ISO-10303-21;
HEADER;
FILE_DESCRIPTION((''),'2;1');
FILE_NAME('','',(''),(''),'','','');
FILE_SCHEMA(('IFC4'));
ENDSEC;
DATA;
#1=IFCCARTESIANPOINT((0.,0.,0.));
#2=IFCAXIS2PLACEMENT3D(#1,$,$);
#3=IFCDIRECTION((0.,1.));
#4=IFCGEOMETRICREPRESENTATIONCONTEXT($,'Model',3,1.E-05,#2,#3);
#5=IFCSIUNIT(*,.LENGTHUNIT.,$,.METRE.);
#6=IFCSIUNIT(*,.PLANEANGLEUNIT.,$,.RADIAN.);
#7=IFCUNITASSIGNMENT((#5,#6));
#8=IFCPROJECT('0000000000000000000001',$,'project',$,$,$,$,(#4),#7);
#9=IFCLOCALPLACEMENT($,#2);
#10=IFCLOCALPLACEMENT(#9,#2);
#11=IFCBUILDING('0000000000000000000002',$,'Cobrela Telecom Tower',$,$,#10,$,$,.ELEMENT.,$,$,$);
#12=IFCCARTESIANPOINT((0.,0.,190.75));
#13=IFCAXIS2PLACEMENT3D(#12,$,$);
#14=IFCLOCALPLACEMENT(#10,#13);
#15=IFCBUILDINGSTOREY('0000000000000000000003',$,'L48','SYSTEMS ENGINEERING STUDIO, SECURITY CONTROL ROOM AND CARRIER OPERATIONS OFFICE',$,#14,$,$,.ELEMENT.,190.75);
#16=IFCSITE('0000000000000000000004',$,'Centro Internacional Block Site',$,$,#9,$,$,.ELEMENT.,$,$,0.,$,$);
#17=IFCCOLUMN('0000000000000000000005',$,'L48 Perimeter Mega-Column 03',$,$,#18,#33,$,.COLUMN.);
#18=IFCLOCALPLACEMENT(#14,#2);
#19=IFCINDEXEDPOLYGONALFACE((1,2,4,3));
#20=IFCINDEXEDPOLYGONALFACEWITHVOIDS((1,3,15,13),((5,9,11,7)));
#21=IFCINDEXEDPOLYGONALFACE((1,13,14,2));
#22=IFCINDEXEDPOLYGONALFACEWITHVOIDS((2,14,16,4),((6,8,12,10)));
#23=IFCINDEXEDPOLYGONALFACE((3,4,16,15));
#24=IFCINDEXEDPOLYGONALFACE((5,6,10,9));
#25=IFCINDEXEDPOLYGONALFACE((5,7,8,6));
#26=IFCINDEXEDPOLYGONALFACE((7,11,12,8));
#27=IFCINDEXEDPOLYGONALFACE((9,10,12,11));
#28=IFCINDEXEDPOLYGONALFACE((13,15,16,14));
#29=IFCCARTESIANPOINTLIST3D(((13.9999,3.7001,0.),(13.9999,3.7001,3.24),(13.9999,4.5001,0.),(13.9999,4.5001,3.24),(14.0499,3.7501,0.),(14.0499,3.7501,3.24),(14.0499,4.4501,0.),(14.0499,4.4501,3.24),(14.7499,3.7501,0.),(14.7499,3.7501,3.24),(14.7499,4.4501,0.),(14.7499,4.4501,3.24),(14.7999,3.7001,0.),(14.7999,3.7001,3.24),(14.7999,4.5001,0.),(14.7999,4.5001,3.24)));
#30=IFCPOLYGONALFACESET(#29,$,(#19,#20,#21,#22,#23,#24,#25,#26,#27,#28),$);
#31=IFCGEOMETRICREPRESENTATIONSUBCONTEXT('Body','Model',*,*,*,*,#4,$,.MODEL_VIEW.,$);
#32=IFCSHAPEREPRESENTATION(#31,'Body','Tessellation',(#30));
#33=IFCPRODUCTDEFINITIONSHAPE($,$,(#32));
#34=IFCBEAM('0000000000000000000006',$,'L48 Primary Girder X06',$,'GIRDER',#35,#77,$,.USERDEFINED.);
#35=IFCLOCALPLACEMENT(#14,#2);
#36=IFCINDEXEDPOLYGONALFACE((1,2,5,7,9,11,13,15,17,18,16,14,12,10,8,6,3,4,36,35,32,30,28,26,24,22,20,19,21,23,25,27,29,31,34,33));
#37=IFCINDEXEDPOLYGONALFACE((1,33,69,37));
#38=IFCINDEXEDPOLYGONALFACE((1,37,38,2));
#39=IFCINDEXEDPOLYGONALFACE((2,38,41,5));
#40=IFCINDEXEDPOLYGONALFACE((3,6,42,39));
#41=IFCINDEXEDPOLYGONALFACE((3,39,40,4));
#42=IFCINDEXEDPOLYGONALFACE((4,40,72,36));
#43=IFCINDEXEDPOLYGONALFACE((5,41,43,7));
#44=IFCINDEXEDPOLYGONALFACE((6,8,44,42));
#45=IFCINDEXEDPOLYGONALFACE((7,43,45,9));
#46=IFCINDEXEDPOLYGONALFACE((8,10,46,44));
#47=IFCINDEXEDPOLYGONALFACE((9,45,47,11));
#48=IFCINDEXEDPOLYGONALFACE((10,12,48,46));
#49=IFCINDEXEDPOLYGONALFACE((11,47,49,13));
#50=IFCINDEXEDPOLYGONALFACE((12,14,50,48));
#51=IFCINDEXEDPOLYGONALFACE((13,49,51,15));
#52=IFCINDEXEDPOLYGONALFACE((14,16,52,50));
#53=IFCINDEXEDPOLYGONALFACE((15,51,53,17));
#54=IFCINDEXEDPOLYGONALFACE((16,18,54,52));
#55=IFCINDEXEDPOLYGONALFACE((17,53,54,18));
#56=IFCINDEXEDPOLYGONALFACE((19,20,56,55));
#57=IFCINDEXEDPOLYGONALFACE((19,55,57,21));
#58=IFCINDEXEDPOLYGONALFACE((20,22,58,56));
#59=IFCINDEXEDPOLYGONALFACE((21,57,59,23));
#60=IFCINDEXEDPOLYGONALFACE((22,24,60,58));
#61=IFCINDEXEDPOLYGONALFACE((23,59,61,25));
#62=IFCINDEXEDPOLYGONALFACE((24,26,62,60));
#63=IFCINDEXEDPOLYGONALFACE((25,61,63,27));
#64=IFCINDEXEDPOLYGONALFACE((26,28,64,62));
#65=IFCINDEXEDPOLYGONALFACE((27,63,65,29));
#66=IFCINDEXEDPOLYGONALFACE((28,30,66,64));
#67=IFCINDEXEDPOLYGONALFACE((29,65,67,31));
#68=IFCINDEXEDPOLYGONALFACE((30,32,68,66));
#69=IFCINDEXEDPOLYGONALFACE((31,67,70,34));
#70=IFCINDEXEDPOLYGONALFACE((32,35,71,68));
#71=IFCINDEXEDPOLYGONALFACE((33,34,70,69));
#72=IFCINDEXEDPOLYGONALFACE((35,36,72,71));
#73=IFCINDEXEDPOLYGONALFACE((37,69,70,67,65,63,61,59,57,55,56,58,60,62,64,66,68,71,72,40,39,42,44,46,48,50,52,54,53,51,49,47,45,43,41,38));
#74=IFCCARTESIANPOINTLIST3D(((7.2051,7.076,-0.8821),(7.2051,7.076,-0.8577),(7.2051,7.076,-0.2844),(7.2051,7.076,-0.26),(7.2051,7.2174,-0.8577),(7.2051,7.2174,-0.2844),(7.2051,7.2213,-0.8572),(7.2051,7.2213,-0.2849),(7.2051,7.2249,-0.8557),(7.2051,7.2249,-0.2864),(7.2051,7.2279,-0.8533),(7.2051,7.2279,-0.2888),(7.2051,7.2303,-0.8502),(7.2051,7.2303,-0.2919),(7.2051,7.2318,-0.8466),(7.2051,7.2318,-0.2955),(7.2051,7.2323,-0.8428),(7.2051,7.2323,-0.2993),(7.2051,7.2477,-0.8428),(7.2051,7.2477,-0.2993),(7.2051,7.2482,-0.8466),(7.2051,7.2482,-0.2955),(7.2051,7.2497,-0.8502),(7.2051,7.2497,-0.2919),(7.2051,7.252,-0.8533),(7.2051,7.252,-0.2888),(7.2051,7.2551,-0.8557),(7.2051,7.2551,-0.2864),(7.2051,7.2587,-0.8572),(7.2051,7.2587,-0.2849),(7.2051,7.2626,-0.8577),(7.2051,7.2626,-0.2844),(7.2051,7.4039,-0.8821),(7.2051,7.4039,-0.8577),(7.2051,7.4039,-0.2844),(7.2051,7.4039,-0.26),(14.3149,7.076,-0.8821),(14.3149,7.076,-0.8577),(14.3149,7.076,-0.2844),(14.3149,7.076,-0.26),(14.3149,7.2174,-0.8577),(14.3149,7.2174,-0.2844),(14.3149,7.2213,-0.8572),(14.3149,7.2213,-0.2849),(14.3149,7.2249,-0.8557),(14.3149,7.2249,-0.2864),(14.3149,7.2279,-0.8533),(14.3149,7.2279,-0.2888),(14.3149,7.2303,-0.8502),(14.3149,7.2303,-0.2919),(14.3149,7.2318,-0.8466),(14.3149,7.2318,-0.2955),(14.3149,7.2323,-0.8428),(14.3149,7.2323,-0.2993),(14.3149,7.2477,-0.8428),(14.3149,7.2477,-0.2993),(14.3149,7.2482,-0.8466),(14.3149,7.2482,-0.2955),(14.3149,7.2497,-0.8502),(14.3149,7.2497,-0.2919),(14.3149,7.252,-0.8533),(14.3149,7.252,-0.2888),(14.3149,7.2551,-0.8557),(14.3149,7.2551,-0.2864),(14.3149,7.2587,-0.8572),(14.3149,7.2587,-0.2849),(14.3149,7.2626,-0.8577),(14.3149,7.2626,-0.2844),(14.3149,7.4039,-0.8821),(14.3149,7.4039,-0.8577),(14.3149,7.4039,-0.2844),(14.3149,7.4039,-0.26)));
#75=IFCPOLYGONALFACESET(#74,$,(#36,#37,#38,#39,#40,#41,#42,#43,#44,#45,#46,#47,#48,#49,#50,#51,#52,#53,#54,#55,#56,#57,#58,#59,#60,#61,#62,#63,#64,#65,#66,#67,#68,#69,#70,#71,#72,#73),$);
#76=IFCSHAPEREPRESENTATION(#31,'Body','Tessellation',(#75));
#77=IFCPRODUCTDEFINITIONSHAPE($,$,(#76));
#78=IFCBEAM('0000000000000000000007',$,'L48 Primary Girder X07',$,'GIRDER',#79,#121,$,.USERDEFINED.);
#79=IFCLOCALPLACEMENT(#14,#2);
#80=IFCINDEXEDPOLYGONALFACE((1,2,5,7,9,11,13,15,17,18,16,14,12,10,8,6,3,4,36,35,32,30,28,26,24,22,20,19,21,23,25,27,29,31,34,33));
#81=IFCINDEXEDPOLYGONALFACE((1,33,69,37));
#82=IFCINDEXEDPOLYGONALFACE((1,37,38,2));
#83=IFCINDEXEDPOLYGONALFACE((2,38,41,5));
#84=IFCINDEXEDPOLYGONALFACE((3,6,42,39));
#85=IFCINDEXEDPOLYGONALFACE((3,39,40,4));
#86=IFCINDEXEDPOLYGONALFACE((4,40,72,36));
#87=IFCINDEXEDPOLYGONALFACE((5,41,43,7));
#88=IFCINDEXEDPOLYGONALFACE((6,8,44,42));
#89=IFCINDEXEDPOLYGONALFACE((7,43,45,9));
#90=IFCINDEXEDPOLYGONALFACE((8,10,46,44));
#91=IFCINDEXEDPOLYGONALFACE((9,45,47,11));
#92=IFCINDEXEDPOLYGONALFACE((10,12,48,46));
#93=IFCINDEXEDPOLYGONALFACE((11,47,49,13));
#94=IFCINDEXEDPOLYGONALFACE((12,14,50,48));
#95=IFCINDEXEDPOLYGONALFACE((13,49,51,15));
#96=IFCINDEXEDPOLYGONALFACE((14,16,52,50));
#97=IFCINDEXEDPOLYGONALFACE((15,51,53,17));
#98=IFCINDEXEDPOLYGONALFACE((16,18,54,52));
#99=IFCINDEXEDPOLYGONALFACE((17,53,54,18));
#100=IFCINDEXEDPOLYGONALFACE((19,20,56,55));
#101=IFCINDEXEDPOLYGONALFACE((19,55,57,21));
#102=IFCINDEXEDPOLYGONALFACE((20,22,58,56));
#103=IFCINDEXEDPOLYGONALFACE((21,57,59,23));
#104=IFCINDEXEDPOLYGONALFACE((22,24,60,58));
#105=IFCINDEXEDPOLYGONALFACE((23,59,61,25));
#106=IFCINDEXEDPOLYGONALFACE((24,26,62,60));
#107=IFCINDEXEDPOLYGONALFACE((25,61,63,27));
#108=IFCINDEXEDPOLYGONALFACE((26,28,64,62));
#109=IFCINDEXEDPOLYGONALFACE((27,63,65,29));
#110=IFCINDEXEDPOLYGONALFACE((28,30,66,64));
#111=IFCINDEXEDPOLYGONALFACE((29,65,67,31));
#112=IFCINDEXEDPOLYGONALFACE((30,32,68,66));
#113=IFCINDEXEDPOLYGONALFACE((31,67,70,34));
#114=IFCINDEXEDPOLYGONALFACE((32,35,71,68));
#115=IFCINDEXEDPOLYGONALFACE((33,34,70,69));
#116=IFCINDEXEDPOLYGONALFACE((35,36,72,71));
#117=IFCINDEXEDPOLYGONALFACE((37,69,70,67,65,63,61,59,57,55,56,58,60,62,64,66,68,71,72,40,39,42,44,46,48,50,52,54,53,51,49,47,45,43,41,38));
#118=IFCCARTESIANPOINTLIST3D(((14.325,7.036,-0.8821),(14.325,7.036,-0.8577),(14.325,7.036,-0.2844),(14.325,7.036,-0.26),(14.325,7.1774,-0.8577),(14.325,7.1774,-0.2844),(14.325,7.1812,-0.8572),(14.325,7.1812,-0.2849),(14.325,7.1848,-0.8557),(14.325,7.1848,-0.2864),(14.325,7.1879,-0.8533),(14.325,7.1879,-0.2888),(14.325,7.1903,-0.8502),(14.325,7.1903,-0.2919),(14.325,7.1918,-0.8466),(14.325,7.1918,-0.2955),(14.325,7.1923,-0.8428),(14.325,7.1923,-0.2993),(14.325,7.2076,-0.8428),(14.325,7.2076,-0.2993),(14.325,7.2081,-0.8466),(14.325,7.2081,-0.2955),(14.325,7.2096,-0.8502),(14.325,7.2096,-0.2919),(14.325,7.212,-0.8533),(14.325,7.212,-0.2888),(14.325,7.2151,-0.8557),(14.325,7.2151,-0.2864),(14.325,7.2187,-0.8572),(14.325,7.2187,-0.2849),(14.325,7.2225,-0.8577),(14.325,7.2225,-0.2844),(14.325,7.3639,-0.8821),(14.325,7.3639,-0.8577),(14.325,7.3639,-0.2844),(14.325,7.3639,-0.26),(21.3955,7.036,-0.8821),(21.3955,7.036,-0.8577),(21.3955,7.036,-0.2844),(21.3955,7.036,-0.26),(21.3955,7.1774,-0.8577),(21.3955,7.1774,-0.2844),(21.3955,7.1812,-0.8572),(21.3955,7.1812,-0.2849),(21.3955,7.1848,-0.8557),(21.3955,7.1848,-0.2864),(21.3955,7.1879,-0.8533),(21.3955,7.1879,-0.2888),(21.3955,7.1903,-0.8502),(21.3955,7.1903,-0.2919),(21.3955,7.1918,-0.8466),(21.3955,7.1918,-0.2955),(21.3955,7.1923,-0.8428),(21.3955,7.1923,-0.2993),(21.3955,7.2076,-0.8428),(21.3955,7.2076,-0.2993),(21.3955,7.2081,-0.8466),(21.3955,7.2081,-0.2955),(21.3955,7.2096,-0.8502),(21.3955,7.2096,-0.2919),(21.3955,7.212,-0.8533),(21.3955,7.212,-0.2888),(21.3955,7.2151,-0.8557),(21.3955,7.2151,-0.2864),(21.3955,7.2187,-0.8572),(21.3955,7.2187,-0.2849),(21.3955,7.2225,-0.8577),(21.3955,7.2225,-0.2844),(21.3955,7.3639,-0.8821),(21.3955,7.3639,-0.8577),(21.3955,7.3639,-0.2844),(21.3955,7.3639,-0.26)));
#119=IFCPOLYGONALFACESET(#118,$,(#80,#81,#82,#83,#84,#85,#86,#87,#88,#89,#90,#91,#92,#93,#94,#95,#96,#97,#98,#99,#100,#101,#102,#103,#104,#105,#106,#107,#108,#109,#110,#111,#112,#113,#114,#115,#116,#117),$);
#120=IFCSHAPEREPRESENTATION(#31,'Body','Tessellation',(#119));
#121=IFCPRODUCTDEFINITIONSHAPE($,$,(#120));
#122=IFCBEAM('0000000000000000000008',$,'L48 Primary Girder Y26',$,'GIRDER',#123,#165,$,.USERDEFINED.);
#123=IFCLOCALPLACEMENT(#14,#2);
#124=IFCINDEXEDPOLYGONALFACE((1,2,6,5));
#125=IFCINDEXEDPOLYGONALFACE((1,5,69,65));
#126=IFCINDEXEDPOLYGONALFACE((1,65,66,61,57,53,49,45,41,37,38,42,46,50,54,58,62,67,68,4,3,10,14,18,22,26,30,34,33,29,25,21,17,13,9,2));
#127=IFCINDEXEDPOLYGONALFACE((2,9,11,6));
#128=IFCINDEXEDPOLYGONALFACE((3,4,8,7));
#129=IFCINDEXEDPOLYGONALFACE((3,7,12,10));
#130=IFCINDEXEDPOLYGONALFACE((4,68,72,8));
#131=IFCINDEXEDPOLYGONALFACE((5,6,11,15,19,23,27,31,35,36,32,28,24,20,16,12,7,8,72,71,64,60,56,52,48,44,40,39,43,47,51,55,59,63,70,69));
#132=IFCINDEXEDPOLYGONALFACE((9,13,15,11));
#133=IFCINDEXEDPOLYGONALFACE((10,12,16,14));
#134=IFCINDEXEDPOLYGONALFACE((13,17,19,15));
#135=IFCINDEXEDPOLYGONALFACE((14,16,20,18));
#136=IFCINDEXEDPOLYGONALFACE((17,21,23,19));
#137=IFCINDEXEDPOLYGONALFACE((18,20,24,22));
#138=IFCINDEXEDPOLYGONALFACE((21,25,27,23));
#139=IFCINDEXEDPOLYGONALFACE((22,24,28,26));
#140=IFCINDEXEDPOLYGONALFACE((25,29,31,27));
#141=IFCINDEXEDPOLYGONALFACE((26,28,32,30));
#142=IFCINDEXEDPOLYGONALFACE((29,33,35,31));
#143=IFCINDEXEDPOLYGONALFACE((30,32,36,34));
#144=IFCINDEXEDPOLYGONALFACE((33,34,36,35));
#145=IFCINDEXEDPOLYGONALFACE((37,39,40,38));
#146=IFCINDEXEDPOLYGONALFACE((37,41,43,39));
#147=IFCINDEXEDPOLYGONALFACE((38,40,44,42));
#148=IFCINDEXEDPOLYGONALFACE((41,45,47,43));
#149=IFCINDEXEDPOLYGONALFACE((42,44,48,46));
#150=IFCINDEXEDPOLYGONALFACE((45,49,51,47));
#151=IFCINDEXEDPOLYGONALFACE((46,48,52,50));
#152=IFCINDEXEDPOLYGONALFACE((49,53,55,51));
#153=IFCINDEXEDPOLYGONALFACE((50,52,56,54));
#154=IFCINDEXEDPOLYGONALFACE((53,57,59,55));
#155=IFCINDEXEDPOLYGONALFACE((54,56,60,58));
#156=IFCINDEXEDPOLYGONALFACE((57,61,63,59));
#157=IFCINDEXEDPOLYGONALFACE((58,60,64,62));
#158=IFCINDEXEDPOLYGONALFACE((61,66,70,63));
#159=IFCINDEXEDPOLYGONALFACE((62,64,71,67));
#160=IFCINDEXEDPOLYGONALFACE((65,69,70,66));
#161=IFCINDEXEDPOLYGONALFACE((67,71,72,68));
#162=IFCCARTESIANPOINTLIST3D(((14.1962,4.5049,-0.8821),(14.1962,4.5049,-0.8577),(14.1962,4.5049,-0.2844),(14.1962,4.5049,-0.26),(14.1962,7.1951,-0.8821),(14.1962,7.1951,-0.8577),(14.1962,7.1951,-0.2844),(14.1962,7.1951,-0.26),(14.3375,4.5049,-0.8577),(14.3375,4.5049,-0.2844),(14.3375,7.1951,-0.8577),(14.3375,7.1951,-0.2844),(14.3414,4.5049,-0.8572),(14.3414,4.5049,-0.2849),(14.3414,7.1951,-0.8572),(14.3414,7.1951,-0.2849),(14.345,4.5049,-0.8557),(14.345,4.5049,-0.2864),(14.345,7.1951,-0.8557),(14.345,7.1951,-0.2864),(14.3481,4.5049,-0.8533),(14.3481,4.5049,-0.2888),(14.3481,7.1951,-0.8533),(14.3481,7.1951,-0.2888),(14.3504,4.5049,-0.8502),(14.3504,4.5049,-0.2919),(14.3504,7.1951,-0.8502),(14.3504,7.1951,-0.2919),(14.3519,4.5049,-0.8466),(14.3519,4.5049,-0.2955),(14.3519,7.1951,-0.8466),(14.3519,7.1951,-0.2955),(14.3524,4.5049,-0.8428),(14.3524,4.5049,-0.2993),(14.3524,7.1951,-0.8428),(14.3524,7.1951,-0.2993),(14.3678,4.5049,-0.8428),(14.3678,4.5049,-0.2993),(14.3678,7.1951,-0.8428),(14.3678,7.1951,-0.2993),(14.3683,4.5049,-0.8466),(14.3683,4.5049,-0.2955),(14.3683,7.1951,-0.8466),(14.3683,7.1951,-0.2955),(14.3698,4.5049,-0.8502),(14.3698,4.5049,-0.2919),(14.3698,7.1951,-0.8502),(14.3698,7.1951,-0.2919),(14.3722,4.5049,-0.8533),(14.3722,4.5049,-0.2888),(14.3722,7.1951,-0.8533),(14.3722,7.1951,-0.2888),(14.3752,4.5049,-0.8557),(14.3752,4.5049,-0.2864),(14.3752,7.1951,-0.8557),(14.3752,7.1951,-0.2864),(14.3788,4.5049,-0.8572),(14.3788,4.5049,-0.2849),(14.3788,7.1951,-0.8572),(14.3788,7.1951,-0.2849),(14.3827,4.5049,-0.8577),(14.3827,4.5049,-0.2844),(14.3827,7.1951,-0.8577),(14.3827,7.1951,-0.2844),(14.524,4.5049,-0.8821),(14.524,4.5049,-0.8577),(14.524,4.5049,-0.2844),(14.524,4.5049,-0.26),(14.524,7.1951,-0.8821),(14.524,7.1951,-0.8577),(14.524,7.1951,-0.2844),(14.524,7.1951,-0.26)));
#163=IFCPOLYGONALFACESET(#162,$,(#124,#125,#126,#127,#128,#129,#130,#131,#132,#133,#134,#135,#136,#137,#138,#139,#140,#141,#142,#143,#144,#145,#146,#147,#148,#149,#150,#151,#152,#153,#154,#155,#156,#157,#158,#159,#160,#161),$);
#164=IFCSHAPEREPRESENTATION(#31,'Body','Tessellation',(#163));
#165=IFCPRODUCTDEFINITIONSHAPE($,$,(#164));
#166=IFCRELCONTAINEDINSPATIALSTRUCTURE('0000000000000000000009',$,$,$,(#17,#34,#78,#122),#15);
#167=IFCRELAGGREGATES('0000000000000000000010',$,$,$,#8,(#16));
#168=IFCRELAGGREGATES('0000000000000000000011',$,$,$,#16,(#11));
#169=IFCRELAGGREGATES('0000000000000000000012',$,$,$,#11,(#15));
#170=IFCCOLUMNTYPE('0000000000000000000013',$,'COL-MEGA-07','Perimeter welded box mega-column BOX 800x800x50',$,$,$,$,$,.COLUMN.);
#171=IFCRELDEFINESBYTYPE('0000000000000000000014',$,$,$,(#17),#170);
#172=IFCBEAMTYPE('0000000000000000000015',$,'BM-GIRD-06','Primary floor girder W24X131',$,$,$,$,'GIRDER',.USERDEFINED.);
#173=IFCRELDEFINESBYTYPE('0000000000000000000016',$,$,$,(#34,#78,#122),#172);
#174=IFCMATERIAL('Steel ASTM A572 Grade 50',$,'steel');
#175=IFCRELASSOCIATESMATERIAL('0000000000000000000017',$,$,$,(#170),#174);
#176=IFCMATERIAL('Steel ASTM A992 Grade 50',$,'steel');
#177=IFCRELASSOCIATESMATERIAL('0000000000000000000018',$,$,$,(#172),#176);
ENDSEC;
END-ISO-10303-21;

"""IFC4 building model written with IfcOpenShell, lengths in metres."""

from ifc_helpers import new_model, si_unit, direction, frame, origin, origin_2d, place, context, subcontext, project, spatial, hollow_rectangle, i_section, extrude, material, material_profile, profile_set, type_object, element, save


model = new_model("IFC4")

# Units and contexts
model_context = context("Model", 3, precision=1e-05, world=origin(), true_north=direction((0.0, 1.0)))
body_context = subcontext(model_context, "Body", "Model", "MODEL_VIEW")
ifc_project = project(units=[si_unit("LENGTHUNIT", "METRE"), si_unit("PLANEANGLEUNIT", "RADIAN")], contexts=[model_context])

# Site, building, storey
site_placement = place(None, origin())
site = spatial("IfcSite", under=ifc_project, at=site_placement, Name="Centro Internacional Block Site", CompositionType="ELEMENT", RefElevation=0.0)
building_placement = place(site_placement, origin())
building = spatial("IfcBuilding", under=site, at=building_placement, Name="Cobrela Telecom Tower", CompositionType="ELEMENT")
storey_placement = place(building_placement, frame((0.0, 0.0, 190.75)))
storey = spatial("IfcBuildingStorey", under=building, at=storey_placement, Name="L48", Description="SYSTEMS ENGINEERING STUDIO, SECURITY CONTROL ROOM AND CARRIER OPERATIONS OFFICE", CompositionType="ELEMENT", Elevation=190.75)

# Column
ifc_material_1 = material(Name="Steel ASTM A572 Grade 50", Category="steel")
ifc_material_profile_1 = material_profile(ifc_material_1, hollow_rectangle(XDim=0.8, YDim=0.8, WallThickness=0.05, at=origin_2d()), Name="BOX 800x800x50")
ifc_profile_set_1 = profile_set([ifc_material_profile_1], Name="Steel ASTM A572 Grade 50")
column_type = type_object("IfcColumnType", Name="COL-MEGA-07", Description="Perimeter welded box mega-column BOX 800x800x50", PredefinedType="COLUMN", material=ifc_profile_set_1)
column_placement = place(storey_placement, frame((14.3999, 4.1001, 0.0), z_axis=(0.0, 0.0, 1.0), x_axis=(1.0, 0.0, 0.0)))
element("IfcColumn", 1, at=column_placement, inside=storey, type_object=column_type, Name="L48 Perimeter Mega-Column 03", PredefinedType="COLUMN", context=body_context, shape_type="SweptSolid", body=[
    extrude(hollow_rectangle(XDim=0.8, YDim=0.8, WallThickness=0.05, at=origin_2d()), origin(), (0.0, 0.0, 1.0), 3.24),
])

# Beams
ifc_material_2 = material(Name="Steel ASTM A992 Grade 50", Category="steel")
ifc_material_profile_2 = material_profile(ifc_material_2, i_section(OverallWidth=0.3279, OverallDepth=0.6221, WebThickness=0.0154, FlangeThickness=0.0244, FilletRadius=0.0149, at=origin_2d()), Name="W24X131")
ifc_profile_set_2 = profile_set([ifc_material_profile_2], Name="Steel ASTM A992 Grade 50")
beam_type_1 = type_object("IfcBeamType", Name="BM-GIRD-06", Description="Primary floor girder W24X131", ElementType="GIRDER", PredefinedType="USERDEFINED", material=ifc_profile_set_2)
beam_1_placement = place(storey_placement, frame((7.2051, 7.24, -0.571), z_axis=(1.0, 0.0, 0.0), x_axis=(0.0, 1.0, 0.0)))
element("IfcBeam", 2, at=beam_1_placement, inside=storey, type_object=beam_type_1, Name="L48 Primary Girder X06", ObjectType="GIRDER", PredefinedType="USERDEFINED", context=body_context, shape_type="SweptSolid", body=[
    extrude(i_section(OverallWidth=0.3279, OverallDepth=0.6221, WebThickness=0.0154, FlangeThickness=0.0244, FilletRadius=0.0149, at=origin_2d()), origin(), (0.0, 0.0, 1.0), 7.1099),
])
beam_2_placement = place(storey_placement, frame((14.325, 7.2, -0.571), z_axis=(1.0, 0.0, 0.0), x_axis=(0.0, 1.0, 0.0)))
element("IfcBeam", 3, at=beam_2_placement, inside=storey, type_object=beam_type_1, Name="L48 Primary Girder X07", ObjectType="GIRDER", PredefinedType="USERDEFINED", context=body_context, shape_type="SweptSolid", body=[
    extrude(i_section(OverallWidth=0.3279, OverallDepth=0.6221, WebThickness=0.0154, FlangeThickness=0.0244, FilletRadius=0.0149, at=origin_2d()), origin(), (0.0, 0.0, 1.0), 7.0706),
])
beam_3_placement = place(storey_placement, frame((14.3601, 4.5049, -0.571), z_axis=(0.0, 1.0, 0.0), x_axis=(-1.0, 0.0, 0.0)))
element("IfcBeam", 4, at=beam_3_placement, inside=storey, type_object=beam_type_1, Name="L48 Primary Girder Y26", ObjectType="GIRDER", PredefinedType="USERDEFINED", context=body_context, shape_type="SweptSolid", body=[
    extrude(i_section(OverallWidth=0.3279, OverallDepth=0.6221, WebThickness=0.0154, FlangeThickness=0.0244, FilletRadius=0.0149, at=origin_2d()), origin(), (0.0, 0.0, 1.0), 2.6902),
])

save(model, "model.ifc")
